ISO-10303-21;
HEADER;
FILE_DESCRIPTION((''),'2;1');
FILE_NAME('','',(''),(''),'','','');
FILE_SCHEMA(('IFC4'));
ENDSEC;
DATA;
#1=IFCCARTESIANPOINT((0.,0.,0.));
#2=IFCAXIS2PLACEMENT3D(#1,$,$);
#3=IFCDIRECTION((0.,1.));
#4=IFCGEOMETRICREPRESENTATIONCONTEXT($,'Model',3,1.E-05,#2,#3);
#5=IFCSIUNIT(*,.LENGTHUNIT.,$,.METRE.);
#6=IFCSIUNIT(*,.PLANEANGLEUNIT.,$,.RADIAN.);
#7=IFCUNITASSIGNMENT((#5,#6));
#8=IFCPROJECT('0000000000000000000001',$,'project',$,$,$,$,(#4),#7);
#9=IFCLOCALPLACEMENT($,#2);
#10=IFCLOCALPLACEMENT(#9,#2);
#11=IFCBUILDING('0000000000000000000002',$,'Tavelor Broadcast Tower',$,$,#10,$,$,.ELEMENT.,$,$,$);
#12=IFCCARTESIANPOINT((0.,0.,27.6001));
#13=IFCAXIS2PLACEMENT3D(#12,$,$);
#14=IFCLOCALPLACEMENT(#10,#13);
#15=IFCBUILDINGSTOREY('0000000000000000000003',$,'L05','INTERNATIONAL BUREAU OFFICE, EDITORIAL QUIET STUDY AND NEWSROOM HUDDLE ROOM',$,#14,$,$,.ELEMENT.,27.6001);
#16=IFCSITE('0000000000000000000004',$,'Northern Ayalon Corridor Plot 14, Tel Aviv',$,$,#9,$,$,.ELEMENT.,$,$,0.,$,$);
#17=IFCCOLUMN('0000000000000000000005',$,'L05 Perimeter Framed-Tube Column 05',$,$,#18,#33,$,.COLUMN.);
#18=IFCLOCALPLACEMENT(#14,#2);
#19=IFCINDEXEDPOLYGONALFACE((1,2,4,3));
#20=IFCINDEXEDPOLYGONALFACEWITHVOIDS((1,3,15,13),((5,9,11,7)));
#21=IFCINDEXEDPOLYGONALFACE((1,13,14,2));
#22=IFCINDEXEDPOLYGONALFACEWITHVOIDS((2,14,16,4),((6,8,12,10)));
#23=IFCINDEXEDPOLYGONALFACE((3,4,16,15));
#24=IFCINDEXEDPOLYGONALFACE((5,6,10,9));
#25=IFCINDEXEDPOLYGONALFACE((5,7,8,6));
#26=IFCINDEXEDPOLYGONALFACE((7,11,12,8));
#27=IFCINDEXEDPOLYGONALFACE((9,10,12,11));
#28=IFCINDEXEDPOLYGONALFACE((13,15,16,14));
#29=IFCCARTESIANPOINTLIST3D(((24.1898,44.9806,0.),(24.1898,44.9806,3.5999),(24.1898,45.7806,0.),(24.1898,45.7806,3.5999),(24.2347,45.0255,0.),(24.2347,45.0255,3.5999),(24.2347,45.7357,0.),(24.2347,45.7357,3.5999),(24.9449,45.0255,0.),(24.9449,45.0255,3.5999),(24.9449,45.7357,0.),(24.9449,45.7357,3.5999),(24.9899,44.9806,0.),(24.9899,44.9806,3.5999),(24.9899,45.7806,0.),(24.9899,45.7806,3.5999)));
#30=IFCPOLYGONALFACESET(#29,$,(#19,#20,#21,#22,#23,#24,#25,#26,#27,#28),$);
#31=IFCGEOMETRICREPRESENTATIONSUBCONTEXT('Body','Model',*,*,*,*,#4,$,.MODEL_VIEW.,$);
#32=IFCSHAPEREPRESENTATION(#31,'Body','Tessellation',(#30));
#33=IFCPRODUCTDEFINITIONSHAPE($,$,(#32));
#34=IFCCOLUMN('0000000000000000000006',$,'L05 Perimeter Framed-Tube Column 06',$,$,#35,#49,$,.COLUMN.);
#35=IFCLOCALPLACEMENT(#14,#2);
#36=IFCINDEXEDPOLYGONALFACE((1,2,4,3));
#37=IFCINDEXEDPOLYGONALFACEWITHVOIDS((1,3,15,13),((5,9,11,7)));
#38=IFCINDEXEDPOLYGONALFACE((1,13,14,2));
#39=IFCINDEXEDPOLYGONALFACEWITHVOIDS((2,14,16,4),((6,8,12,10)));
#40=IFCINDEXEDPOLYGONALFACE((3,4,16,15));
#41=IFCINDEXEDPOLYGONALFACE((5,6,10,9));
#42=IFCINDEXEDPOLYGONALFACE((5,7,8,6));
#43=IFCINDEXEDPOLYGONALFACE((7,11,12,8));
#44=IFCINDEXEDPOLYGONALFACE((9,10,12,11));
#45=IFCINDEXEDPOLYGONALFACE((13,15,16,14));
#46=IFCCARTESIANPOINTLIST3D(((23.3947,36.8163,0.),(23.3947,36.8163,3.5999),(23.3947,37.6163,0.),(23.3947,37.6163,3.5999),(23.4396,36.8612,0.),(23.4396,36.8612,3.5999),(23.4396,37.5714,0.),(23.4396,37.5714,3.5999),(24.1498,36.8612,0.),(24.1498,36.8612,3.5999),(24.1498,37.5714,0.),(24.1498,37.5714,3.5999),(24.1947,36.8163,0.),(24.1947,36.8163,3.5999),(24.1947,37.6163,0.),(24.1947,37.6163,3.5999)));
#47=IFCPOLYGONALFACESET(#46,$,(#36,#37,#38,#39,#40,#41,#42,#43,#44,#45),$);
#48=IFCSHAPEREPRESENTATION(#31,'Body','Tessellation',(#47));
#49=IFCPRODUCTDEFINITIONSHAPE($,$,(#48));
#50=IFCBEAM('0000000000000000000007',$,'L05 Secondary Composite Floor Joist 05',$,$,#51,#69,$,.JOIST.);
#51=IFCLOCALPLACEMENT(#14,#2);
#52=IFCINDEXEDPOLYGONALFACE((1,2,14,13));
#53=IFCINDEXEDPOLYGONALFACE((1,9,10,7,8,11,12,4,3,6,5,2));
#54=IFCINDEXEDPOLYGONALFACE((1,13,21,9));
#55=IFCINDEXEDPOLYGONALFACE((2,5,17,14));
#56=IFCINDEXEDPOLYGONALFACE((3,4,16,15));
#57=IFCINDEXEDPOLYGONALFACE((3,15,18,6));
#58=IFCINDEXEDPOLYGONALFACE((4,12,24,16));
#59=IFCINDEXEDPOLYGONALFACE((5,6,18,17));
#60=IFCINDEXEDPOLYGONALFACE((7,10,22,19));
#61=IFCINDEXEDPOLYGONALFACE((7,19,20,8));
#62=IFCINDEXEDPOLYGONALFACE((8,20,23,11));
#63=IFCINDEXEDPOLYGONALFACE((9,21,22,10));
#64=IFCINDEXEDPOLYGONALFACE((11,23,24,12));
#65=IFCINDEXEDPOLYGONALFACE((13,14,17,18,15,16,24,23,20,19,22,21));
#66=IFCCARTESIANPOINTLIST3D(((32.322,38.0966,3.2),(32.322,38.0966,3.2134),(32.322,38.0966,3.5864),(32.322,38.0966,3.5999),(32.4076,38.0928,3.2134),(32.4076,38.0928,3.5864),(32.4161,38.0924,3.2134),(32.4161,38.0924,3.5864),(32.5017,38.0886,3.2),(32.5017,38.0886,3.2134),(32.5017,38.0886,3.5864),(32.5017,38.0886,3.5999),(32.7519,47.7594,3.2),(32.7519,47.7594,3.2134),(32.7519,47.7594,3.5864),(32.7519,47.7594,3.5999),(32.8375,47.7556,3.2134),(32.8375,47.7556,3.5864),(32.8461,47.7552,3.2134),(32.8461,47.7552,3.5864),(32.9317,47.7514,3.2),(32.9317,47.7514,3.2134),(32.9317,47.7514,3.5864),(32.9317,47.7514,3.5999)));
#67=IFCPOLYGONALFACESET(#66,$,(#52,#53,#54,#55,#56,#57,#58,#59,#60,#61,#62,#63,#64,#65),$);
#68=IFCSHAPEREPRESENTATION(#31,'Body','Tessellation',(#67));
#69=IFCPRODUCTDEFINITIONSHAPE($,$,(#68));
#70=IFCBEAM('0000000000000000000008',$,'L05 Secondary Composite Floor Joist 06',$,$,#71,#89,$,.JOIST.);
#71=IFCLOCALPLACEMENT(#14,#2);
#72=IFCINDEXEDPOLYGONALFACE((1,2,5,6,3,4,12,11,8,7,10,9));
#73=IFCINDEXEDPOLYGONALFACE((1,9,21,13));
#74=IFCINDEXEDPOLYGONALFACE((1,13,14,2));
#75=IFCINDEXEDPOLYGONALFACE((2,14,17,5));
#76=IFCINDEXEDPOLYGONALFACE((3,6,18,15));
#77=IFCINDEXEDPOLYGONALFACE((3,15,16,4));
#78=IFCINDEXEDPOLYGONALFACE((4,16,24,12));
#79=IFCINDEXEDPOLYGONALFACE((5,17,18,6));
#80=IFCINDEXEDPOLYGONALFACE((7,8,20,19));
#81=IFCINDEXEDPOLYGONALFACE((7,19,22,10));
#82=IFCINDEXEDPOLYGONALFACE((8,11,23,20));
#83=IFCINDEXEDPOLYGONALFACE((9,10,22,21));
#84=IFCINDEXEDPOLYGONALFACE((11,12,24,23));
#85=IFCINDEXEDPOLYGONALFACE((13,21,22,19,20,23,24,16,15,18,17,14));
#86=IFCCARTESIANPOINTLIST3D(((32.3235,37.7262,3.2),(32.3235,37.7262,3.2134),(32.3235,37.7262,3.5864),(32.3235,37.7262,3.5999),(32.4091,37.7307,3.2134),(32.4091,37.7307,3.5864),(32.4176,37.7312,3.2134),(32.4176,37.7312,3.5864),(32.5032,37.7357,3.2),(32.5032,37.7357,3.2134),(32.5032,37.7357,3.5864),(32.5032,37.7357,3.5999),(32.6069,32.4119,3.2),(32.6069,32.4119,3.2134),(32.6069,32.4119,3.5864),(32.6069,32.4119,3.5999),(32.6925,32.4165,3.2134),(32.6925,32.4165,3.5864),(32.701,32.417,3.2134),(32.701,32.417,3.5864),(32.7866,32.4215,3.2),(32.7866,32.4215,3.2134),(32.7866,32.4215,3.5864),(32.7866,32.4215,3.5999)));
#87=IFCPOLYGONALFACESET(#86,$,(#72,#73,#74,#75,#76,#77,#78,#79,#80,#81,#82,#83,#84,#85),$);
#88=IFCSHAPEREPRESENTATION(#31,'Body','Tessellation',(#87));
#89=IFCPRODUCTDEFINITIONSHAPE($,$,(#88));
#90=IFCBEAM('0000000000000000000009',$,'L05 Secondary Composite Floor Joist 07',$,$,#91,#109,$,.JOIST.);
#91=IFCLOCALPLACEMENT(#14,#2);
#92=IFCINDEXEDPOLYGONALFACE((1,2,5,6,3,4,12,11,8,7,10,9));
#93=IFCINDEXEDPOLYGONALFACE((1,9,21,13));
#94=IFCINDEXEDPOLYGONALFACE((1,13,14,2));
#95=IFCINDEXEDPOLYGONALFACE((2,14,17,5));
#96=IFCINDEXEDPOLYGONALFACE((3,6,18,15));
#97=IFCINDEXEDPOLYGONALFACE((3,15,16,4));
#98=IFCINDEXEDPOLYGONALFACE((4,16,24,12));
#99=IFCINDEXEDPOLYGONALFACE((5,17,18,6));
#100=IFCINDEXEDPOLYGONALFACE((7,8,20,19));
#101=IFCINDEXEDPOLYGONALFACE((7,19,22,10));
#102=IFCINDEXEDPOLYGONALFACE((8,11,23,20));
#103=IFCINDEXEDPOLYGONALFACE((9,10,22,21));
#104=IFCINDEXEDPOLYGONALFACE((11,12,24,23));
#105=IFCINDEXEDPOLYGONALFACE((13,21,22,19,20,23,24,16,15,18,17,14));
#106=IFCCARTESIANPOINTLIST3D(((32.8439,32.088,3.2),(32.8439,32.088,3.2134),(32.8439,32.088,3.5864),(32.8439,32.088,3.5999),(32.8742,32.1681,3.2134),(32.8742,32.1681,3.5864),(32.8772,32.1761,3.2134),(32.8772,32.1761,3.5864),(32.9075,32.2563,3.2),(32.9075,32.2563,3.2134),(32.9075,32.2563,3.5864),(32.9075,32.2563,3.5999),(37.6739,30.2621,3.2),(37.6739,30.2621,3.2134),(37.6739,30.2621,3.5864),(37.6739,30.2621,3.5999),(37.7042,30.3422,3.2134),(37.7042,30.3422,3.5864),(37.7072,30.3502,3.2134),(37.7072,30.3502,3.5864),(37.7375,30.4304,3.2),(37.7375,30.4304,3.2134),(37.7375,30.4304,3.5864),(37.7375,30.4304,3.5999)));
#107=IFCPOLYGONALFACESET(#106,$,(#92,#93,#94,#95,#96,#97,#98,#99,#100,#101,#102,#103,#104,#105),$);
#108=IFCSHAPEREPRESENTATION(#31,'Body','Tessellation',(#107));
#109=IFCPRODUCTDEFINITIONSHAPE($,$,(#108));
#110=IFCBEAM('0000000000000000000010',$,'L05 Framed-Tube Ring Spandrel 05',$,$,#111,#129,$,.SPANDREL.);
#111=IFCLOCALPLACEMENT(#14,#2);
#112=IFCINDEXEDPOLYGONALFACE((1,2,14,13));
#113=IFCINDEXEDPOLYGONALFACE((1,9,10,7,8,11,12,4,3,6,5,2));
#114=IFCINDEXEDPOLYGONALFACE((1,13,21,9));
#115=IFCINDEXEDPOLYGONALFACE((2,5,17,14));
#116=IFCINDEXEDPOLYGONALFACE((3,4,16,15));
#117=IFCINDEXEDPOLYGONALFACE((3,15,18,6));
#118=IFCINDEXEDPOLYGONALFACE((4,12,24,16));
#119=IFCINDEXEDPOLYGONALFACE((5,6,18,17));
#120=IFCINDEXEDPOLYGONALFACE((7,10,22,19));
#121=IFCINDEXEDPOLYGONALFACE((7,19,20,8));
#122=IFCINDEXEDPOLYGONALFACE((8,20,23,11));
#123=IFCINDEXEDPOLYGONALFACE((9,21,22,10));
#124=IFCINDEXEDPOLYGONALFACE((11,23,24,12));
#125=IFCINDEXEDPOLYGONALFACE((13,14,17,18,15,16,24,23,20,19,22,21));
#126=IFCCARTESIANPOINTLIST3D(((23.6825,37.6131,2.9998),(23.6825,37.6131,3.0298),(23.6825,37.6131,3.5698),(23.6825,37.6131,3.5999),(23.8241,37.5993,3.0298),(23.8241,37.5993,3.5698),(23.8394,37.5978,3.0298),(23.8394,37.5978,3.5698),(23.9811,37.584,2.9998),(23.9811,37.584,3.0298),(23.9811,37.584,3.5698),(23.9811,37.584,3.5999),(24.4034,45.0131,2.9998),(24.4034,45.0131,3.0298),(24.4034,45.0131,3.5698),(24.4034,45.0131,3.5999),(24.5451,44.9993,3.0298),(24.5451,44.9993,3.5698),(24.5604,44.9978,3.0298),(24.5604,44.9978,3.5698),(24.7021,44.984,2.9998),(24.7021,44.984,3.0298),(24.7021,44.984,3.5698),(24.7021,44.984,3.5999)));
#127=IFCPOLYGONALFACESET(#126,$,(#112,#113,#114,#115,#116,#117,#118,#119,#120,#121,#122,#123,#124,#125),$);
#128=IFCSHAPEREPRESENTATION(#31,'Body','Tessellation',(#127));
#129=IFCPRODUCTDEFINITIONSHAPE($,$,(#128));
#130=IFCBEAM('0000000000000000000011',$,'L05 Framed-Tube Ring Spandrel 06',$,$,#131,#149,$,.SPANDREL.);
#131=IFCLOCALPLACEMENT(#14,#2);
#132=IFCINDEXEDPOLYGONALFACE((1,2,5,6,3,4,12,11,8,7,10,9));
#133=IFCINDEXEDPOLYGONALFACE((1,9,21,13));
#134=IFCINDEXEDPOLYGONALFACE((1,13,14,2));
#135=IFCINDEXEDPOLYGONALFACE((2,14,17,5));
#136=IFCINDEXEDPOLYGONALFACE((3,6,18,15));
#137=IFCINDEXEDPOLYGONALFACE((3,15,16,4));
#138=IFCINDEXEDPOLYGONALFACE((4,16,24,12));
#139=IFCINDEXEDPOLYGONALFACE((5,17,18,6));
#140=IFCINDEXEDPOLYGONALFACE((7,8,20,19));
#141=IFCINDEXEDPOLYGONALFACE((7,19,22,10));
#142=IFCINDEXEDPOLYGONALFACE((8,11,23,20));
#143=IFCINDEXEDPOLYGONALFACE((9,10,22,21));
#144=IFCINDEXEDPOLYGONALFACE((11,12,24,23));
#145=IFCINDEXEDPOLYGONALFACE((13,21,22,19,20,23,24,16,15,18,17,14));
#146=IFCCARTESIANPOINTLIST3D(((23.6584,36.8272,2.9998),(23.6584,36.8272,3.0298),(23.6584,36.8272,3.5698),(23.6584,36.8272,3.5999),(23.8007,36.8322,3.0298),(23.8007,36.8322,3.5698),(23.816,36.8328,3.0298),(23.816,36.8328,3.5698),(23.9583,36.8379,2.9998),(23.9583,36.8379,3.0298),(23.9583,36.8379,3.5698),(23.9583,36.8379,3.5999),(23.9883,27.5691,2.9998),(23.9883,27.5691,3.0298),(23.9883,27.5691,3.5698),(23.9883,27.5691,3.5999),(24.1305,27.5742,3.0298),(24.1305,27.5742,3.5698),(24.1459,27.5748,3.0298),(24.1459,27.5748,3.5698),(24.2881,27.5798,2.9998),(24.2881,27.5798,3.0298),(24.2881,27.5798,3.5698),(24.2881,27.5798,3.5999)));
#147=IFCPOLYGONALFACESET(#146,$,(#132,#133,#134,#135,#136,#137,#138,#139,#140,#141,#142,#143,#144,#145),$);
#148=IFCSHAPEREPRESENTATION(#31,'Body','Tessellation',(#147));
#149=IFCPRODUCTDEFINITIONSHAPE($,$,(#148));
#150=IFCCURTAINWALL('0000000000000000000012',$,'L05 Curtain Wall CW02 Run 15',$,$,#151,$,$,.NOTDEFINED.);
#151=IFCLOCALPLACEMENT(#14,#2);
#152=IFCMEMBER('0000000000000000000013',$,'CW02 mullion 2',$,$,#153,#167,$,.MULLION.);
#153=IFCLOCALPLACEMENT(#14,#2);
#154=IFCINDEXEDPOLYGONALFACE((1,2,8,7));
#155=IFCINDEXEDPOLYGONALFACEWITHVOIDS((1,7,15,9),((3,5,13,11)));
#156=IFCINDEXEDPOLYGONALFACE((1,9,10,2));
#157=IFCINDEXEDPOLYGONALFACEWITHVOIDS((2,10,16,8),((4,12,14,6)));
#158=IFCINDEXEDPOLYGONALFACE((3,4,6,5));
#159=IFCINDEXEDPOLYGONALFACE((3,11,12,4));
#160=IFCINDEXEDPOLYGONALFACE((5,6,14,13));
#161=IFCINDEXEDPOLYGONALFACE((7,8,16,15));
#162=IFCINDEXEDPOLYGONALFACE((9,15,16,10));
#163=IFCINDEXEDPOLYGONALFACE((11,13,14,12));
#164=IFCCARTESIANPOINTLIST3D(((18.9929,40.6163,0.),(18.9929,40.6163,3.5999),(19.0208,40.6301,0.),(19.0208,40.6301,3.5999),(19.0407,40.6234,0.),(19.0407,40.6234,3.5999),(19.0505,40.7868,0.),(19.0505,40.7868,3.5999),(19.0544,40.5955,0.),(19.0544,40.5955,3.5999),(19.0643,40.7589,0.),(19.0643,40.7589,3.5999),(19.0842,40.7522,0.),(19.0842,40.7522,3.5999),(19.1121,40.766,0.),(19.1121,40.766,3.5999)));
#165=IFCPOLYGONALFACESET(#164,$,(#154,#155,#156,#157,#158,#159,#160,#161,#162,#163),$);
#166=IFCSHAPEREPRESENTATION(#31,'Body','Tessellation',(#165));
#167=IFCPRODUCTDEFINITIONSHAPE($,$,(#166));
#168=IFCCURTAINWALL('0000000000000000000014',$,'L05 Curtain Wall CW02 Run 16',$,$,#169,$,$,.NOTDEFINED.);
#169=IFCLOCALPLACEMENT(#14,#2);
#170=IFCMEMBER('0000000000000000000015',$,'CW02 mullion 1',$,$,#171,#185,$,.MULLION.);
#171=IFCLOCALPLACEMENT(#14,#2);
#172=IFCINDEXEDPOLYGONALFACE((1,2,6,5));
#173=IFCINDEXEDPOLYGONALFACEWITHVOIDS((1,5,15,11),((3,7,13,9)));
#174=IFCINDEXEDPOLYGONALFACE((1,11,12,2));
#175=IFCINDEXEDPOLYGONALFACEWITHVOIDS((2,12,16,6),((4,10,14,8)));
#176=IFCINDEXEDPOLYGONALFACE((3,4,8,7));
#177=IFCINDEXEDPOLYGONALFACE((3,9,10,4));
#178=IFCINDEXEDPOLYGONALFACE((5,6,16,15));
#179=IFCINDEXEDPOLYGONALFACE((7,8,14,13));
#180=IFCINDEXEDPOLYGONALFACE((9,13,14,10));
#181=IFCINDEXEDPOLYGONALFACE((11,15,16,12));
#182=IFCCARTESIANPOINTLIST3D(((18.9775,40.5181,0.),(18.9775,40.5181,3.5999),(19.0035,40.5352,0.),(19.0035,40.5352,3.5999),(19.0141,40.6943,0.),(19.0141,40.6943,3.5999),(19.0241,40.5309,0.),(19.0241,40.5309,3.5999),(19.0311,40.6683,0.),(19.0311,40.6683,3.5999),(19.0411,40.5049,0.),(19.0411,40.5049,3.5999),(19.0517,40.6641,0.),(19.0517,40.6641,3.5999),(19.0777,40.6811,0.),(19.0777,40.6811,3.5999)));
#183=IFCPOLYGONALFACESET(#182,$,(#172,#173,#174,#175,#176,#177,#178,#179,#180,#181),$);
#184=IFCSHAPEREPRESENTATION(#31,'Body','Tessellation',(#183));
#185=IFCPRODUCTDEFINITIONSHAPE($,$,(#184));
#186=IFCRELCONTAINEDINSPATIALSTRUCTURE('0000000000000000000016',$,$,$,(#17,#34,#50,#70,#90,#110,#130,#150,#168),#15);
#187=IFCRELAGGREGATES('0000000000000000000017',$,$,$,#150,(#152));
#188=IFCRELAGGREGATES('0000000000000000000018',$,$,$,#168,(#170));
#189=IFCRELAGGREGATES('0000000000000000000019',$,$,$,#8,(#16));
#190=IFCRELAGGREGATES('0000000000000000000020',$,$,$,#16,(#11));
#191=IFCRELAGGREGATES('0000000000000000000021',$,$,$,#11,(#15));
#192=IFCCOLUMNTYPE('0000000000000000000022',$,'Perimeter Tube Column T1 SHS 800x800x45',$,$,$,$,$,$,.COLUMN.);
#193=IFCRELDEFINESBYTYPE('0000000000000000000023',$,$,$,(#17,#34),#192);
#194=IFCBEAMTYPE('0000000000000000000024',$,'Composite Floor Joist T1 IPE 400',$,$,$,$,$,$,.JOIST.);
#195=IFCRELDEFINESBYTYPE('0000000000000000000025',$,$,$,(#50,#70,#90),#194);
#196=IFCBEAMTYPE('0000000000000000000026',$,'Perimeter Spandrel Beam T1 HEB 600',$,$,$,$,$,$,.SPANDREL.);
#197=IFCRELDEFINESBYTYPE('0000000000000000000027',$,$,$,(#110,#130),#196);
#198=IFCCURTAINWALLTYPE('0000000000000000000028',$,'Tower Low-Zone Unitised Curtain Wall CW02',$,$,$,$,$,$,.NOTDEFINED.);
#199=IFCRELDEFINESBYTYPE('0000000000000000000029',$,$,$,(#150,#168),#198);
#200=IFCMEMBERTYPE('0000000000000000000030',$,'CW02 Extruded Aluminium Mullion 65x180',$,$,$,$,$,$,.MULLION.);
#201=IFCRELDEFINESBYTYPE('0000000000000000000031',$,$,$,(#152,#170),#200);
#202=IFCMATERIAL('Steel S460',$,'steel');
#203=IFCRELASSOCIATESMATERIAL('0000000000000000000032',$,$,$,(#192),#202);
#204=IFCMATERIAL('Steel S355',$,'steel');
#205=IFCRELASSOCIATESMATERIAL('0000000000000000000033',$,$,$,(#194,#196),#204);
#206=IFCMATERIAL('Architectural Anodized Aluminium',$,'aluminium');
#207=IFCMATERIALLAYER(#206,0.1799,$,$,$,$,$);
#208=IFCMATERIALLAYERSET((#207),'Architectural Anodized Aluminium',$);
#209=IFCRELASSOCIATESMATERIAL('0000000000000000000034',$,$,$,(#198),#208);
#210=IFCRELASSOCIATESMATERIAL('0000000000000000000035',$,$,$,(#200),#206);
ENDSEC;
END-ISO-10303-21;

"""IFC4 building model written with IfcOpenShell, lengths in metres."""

from ifc_helpers import new_model, si_unit, direction, frame, origin, origin_2d, place, context, subcontext, project, spatial, hollow_rectangle, i_section, extrude, source, transform, mapped, material, layer, layer_set, material_profile, profile_set, type_object, type_shapes, element, aggregate, save


model = new_model("IFC4")

# Units and contexts
model_context = context("Model", 3, precision=1e-05, world=origin(), true_north=direction((0.0, 1.0)))
body_context = subcontext(model_context, "Body", "Model", "MODEL_VIEW")
ifc_project = project(units=[si_unit("LENGTHUNIT", "METRE"), si_unit("PLANEANGLEUNIT", "RADIAN")], contexts=[model_context])

# Site, building, storey
site_placement = place(None, origin())
site = spatial("IfcSite", under=ifc_project, at=site_placement, Name="Northern Ayalon Corridor Plot 14, Tel Aviv", CompositionType="ELEMENT", RefElevation=0.0)
building_placement = place(site_placement, origin())
building = spatial("IfcBuilding", under=site, at=building_placement, Name="Tavelor Broadcast Tower", CompositionType="ELEMENT")
storey_placement = place(building_placement, frame((0.0, 0.0, 27.6001)))
storey = spatial("IfcBuildingStorey", under=building, at=storey_placement, Name="L05", Description="INTERNATIONAL BUREAU OFFICE, EDITORIAL QUIET STUDY AND NEWSROOM HUDDLE ROOM", CompositionType="ELEMENT", Elevation=27.6001)

# Columns
ifc_material_1 = material(Name="Steel S460", Category="steel")
ifc_material_profile_1 = material_profile(ifc_material_1, hollow_rectangle(XDim=0.8, YDim=0.8, WallThickness=0.0449, at=origin_2d()), Name="SHS 800x800x45")
ifc_profile_set_1 = profile_set([ifc_material_profile_1], Name="Steel S460")
column_type = type_object("IfcColumnType", Name="Perimeter Tube Column T1 SHS 800x800x45", PredefinedType="COLUMN", material=ifc_profile_set_1)
for number, where, z_axis, x_axis, name in (
    (1, (24.5898, 45.3806, 0.0), (0.0, 0.0, 1.0), (1.0, 0.0, 0.0), "L05 Perimeter Framed-Tube Column 05"),
    (2, (23.7947, 37.2163, 0.0), (0.0, 0.0, 1.0), (1.0, 0.0, 0.0), "L05 Perimeter Framed-Tube Column 06"),
):
    element("IfcColumn", number, at=place(storey_placement, frame(where, z_axis=z_axis, x_axis=x_axis)), inside=storey, type_object=column_type, Name=name, PredefinedType="COLUMN", context=body_context, shape_type="SweptSolid", body=[
        extrude(hollow_rectangle(XDim=0.8, YDim=0.8, WallThickness=0.0449, at=origin_2d()), origin(), (0.0, 0.0, 1.0), 3.5999),
    ])

# Beams
ifc_material_2 = material(Name="Steel S355", Category="steel")
ifc_material_profile_2 = material_profile(ifc_material_2, i_section(OverallWidth=0.1799, OverallDepth=0.3999, WebThickness=0.0085, FlangeThickness=0.0134, at=origin_2d()), Name="IPE 400")
ifc_profile_set_2 = profile_set([ifc_material_profile_2], Name="Steel S355")
beam_type_1 = type_object("IfcBeamType", Name="Composite Floor Joist T1 IPE 400", PredefinedType="JOIST", material=ifc_profile_set_2)
beam_1_placement = place(storey_placement, frame((32.8418, 47.7554, 3.3999), z_axis=(-0.044449, -0.999012, 0.0), x_axis=(0.999012, -0.044449, 0.0)))
element("IfcBeam", 3, at=beam_1_placement, inside=storey, type_object=beam_type_1, Name="L05 Secondary Composite Floor Joist 05", PredefinedType="JOIST", context=body_context, shape_type="SweptSolid", body=[
    extrude(i_section(OverallWidth=0.1799, OverallDepth=0.3999, WebThickness=0.0085, FlangeThickness=0.0134, at=origin_2d()), origin(), (0.0, 0.0, 1.0), 9.6724),
])
beam_2_placement = place(storey_placement, frame((32.4133, 37.731, 3.3999), z_axis=(0.053262, -0.998581, 0.0), x_axis=(0.998581, 0.053262, 0.0)))
element("IfcBeam", 4, at=beam_2_placement, inside=storey, type_object=beam_type_1, Name="L05 Secondary Composite Floor Joist 06", PredefinedType="JOIST", context=body_context, shape_type="SweptSolid", body=[
    extrude(i_section(OverallWidth=0.1799, OverallDepth=0.3999, WebThickness=0.0085, FlangeThickness=0.0134, at=origin_2d()), origin(), (0.0, 0.0, 1.0), 5.3218),
])
beam_3_placement = place(storey_placement, frame((32.8757, 32.1721, 3.3999), z_axis=(0.935393, -0.353609, 0.0), x_axis=(0.353609, 0.935393, 0.0)))
element("IfcBeam", 5, at=beam_3_placement, inside=storey, type_object=beam_type_1, Name="L05 Secondary Composite Floor Joist 07", PredefinedType="JOIST", context=body_context, shape_type="SweptSolid", body=[
    extrude(i_section(OverallWidth=0.1799, OverallDepth=0.3999, WebThickness=0.0085, FlangeThickness=0.0134, at=origin_2d()), origin(), (0.0, 0.0, 1.0), 5.1636),
])
ifc_material_profile_3 = material_profile(ifc_material_2, i_section(OverallWidth=0.3, OverallDepth=0.6001, WebThickness=0.0154, FlangeThickness=0.03, at=origin_2d()), Name="HEB 600")
ifc_profile_set_3 = profile_set([ifc_material_profile_3], Name="Steel S355")
beam_type_2 = type_object("IfcBeamType", Name="Perimeter Spandrel Beam T1 HEB 600", PredefinedType="SPANDREL", material=ifc_profile_set_3)
beam_4_placement = place(storey_placement, frame((24.5527, 44.9985, 3.2998), z_axis=(-0.096967, -0.995288, 0.0), x_axis=(0.995288, -0.096967, 0.0)))
element("IfcBeam", 6, at=beam_4_placement, inside=storey, type_object=beam_type_2, Name="L05 Framed-Tube Ring Spandrel 05", PredefinedType="SPANDREL", context=body_context, shape_type="SweptSolid", body=[
    extrude(i_section(OverallWidth=0.3, OverallDepth=0.6001, WebThickness=0.0154, FlangeThickness=0.03, at=origin_2d()), origin(), (0.0, 0.0, 1.0), 7.4351),
])
beam_5_placement = place(storey_placement, frame((23.8083, 36.8325, 3.2998), z_axis=(0.035604, -0.999366, 0.0), x_axis=(0.999366, 0.035604, 0.0)))
element("IfcBeam", 7, at=beam_5_placement, inside=storey, type_object=beam_type_2, Name="L05 Framed-Tube Ring Spandrel 06", PredefinedType="SPANDREL", context=body_context, shape_type="SweptSolid", body=[
    extrude(i_section(OverallWidth=0.3, OverallDepth=0.6001, WebThickness=0.0154, FlangeThickness=0.03, at=origin_2d()), origin(), (0.0, 0.0, 1.0), 9.2639),
])

# Curtain wall, member
ifc_material_3 = material(Name="Architectural Anodized Aluminium", Category="aluminium")
ifc_layer_1 = layer(ifc_material_3, 0.1799)
ifc_layer_set_1 = layer_set([ifc_layer_1], Name="Architectural Anodized Aluminium")
curtain_wall_type = type_object("IfcCurtainWallType", Name="Tower Low-Zone Unitised Curtain Wall CW02", PredefinedType="NOTDEFINED", material=ifc_layer_set_1)
curtain_wall_1_placement = place(storey_placement, origin())
curtain_wall_1 = element("IfcCurtainWall", 8, at=curtain_wall_1_placement, inside=storey, type_object=curtain_wall_type, Name="L05 Curtain Wall CW02 Run 15", PredefinedType="NOTDEFINED")
ifc_material_profile_4 = material_profile(ifc_material_3, hollow_rectangle(XDim=0.0649, YDim=0.1799, WallThickness=0.022, at=origin_2d()), Name="RHS 65x180x22")
ifc_profile_set_4 = profile_set([ifc_material_profile_4], Name="Architectural Anodized Aluminium")
member_type_1 = type_object("IfcMemberType", Name="CW02 Extruded Aluminium Mullion 65x180", PredefinedType="MULLION", material=ifc_profile_set_4)
shared_shape_1 = source(origin(), body_context, "Body", "SweptSolid", [
    extrude(hollow_rectangle(XDim=0.0649, YDim=0.1799, WallThickness=0.022, at=origin_2d()), origin(), (0.0, 0.0, 1.0), 3.5999),
])
type_shapes(member_type_1, [shared_shape_1])
member_1_placement = place(storey_placement, frame((19.0525, 40.6912, 0.0), z_axis=(0.0, 0.0, 1.0), x_axis=(0.947356, -0.320182, 0.0)))
member_1 = element("IfcMember", 9, at=member_1_placement, type_object=member_type_1, Name="CW02 mullion 2", PredefinedType="MULLION", context=body_context, shape_type="MappedRepresentation", body=[
    mapped(shared_shape_1, transform((0.0, 0.0, 0.0), scale=1.0)),
])

# Curtain wall, member
curtain_wall_2_placement = place(storey_placement, origin())
curtain_wall_2 = element("IfcCurtainWall", 10, at=curtain_wall_2_placement, inside=storey, type_object=curtain_wall_type, Name="L05 Curtain Wall CW02 Run 16", PredefinedType="NOTDEFINED")
member_2_placement = place(storey_placement, frame((19.0276, 40.5996, 0.0), z_axis=(0.0, 0.0, 1.0), x_axis=(0.97914, -0.203189, 0.0)))
member_2 = element("IfcMember", 11, at=member_2_placement, type_object=member_type_1, Name="CW02 mullion 1", PredefinedType="MULLION", context=body_context, shape_type="MappedRepresentation", body=[
    mapped(shared_shape_1, transform((0.0, 0.0, 0.0), scale=1.0)),
])

aggregate(curtain_wall_1, [member_1])
aggregate(curtain_wall_2, [member_2])

save(model, "model.ifc")
